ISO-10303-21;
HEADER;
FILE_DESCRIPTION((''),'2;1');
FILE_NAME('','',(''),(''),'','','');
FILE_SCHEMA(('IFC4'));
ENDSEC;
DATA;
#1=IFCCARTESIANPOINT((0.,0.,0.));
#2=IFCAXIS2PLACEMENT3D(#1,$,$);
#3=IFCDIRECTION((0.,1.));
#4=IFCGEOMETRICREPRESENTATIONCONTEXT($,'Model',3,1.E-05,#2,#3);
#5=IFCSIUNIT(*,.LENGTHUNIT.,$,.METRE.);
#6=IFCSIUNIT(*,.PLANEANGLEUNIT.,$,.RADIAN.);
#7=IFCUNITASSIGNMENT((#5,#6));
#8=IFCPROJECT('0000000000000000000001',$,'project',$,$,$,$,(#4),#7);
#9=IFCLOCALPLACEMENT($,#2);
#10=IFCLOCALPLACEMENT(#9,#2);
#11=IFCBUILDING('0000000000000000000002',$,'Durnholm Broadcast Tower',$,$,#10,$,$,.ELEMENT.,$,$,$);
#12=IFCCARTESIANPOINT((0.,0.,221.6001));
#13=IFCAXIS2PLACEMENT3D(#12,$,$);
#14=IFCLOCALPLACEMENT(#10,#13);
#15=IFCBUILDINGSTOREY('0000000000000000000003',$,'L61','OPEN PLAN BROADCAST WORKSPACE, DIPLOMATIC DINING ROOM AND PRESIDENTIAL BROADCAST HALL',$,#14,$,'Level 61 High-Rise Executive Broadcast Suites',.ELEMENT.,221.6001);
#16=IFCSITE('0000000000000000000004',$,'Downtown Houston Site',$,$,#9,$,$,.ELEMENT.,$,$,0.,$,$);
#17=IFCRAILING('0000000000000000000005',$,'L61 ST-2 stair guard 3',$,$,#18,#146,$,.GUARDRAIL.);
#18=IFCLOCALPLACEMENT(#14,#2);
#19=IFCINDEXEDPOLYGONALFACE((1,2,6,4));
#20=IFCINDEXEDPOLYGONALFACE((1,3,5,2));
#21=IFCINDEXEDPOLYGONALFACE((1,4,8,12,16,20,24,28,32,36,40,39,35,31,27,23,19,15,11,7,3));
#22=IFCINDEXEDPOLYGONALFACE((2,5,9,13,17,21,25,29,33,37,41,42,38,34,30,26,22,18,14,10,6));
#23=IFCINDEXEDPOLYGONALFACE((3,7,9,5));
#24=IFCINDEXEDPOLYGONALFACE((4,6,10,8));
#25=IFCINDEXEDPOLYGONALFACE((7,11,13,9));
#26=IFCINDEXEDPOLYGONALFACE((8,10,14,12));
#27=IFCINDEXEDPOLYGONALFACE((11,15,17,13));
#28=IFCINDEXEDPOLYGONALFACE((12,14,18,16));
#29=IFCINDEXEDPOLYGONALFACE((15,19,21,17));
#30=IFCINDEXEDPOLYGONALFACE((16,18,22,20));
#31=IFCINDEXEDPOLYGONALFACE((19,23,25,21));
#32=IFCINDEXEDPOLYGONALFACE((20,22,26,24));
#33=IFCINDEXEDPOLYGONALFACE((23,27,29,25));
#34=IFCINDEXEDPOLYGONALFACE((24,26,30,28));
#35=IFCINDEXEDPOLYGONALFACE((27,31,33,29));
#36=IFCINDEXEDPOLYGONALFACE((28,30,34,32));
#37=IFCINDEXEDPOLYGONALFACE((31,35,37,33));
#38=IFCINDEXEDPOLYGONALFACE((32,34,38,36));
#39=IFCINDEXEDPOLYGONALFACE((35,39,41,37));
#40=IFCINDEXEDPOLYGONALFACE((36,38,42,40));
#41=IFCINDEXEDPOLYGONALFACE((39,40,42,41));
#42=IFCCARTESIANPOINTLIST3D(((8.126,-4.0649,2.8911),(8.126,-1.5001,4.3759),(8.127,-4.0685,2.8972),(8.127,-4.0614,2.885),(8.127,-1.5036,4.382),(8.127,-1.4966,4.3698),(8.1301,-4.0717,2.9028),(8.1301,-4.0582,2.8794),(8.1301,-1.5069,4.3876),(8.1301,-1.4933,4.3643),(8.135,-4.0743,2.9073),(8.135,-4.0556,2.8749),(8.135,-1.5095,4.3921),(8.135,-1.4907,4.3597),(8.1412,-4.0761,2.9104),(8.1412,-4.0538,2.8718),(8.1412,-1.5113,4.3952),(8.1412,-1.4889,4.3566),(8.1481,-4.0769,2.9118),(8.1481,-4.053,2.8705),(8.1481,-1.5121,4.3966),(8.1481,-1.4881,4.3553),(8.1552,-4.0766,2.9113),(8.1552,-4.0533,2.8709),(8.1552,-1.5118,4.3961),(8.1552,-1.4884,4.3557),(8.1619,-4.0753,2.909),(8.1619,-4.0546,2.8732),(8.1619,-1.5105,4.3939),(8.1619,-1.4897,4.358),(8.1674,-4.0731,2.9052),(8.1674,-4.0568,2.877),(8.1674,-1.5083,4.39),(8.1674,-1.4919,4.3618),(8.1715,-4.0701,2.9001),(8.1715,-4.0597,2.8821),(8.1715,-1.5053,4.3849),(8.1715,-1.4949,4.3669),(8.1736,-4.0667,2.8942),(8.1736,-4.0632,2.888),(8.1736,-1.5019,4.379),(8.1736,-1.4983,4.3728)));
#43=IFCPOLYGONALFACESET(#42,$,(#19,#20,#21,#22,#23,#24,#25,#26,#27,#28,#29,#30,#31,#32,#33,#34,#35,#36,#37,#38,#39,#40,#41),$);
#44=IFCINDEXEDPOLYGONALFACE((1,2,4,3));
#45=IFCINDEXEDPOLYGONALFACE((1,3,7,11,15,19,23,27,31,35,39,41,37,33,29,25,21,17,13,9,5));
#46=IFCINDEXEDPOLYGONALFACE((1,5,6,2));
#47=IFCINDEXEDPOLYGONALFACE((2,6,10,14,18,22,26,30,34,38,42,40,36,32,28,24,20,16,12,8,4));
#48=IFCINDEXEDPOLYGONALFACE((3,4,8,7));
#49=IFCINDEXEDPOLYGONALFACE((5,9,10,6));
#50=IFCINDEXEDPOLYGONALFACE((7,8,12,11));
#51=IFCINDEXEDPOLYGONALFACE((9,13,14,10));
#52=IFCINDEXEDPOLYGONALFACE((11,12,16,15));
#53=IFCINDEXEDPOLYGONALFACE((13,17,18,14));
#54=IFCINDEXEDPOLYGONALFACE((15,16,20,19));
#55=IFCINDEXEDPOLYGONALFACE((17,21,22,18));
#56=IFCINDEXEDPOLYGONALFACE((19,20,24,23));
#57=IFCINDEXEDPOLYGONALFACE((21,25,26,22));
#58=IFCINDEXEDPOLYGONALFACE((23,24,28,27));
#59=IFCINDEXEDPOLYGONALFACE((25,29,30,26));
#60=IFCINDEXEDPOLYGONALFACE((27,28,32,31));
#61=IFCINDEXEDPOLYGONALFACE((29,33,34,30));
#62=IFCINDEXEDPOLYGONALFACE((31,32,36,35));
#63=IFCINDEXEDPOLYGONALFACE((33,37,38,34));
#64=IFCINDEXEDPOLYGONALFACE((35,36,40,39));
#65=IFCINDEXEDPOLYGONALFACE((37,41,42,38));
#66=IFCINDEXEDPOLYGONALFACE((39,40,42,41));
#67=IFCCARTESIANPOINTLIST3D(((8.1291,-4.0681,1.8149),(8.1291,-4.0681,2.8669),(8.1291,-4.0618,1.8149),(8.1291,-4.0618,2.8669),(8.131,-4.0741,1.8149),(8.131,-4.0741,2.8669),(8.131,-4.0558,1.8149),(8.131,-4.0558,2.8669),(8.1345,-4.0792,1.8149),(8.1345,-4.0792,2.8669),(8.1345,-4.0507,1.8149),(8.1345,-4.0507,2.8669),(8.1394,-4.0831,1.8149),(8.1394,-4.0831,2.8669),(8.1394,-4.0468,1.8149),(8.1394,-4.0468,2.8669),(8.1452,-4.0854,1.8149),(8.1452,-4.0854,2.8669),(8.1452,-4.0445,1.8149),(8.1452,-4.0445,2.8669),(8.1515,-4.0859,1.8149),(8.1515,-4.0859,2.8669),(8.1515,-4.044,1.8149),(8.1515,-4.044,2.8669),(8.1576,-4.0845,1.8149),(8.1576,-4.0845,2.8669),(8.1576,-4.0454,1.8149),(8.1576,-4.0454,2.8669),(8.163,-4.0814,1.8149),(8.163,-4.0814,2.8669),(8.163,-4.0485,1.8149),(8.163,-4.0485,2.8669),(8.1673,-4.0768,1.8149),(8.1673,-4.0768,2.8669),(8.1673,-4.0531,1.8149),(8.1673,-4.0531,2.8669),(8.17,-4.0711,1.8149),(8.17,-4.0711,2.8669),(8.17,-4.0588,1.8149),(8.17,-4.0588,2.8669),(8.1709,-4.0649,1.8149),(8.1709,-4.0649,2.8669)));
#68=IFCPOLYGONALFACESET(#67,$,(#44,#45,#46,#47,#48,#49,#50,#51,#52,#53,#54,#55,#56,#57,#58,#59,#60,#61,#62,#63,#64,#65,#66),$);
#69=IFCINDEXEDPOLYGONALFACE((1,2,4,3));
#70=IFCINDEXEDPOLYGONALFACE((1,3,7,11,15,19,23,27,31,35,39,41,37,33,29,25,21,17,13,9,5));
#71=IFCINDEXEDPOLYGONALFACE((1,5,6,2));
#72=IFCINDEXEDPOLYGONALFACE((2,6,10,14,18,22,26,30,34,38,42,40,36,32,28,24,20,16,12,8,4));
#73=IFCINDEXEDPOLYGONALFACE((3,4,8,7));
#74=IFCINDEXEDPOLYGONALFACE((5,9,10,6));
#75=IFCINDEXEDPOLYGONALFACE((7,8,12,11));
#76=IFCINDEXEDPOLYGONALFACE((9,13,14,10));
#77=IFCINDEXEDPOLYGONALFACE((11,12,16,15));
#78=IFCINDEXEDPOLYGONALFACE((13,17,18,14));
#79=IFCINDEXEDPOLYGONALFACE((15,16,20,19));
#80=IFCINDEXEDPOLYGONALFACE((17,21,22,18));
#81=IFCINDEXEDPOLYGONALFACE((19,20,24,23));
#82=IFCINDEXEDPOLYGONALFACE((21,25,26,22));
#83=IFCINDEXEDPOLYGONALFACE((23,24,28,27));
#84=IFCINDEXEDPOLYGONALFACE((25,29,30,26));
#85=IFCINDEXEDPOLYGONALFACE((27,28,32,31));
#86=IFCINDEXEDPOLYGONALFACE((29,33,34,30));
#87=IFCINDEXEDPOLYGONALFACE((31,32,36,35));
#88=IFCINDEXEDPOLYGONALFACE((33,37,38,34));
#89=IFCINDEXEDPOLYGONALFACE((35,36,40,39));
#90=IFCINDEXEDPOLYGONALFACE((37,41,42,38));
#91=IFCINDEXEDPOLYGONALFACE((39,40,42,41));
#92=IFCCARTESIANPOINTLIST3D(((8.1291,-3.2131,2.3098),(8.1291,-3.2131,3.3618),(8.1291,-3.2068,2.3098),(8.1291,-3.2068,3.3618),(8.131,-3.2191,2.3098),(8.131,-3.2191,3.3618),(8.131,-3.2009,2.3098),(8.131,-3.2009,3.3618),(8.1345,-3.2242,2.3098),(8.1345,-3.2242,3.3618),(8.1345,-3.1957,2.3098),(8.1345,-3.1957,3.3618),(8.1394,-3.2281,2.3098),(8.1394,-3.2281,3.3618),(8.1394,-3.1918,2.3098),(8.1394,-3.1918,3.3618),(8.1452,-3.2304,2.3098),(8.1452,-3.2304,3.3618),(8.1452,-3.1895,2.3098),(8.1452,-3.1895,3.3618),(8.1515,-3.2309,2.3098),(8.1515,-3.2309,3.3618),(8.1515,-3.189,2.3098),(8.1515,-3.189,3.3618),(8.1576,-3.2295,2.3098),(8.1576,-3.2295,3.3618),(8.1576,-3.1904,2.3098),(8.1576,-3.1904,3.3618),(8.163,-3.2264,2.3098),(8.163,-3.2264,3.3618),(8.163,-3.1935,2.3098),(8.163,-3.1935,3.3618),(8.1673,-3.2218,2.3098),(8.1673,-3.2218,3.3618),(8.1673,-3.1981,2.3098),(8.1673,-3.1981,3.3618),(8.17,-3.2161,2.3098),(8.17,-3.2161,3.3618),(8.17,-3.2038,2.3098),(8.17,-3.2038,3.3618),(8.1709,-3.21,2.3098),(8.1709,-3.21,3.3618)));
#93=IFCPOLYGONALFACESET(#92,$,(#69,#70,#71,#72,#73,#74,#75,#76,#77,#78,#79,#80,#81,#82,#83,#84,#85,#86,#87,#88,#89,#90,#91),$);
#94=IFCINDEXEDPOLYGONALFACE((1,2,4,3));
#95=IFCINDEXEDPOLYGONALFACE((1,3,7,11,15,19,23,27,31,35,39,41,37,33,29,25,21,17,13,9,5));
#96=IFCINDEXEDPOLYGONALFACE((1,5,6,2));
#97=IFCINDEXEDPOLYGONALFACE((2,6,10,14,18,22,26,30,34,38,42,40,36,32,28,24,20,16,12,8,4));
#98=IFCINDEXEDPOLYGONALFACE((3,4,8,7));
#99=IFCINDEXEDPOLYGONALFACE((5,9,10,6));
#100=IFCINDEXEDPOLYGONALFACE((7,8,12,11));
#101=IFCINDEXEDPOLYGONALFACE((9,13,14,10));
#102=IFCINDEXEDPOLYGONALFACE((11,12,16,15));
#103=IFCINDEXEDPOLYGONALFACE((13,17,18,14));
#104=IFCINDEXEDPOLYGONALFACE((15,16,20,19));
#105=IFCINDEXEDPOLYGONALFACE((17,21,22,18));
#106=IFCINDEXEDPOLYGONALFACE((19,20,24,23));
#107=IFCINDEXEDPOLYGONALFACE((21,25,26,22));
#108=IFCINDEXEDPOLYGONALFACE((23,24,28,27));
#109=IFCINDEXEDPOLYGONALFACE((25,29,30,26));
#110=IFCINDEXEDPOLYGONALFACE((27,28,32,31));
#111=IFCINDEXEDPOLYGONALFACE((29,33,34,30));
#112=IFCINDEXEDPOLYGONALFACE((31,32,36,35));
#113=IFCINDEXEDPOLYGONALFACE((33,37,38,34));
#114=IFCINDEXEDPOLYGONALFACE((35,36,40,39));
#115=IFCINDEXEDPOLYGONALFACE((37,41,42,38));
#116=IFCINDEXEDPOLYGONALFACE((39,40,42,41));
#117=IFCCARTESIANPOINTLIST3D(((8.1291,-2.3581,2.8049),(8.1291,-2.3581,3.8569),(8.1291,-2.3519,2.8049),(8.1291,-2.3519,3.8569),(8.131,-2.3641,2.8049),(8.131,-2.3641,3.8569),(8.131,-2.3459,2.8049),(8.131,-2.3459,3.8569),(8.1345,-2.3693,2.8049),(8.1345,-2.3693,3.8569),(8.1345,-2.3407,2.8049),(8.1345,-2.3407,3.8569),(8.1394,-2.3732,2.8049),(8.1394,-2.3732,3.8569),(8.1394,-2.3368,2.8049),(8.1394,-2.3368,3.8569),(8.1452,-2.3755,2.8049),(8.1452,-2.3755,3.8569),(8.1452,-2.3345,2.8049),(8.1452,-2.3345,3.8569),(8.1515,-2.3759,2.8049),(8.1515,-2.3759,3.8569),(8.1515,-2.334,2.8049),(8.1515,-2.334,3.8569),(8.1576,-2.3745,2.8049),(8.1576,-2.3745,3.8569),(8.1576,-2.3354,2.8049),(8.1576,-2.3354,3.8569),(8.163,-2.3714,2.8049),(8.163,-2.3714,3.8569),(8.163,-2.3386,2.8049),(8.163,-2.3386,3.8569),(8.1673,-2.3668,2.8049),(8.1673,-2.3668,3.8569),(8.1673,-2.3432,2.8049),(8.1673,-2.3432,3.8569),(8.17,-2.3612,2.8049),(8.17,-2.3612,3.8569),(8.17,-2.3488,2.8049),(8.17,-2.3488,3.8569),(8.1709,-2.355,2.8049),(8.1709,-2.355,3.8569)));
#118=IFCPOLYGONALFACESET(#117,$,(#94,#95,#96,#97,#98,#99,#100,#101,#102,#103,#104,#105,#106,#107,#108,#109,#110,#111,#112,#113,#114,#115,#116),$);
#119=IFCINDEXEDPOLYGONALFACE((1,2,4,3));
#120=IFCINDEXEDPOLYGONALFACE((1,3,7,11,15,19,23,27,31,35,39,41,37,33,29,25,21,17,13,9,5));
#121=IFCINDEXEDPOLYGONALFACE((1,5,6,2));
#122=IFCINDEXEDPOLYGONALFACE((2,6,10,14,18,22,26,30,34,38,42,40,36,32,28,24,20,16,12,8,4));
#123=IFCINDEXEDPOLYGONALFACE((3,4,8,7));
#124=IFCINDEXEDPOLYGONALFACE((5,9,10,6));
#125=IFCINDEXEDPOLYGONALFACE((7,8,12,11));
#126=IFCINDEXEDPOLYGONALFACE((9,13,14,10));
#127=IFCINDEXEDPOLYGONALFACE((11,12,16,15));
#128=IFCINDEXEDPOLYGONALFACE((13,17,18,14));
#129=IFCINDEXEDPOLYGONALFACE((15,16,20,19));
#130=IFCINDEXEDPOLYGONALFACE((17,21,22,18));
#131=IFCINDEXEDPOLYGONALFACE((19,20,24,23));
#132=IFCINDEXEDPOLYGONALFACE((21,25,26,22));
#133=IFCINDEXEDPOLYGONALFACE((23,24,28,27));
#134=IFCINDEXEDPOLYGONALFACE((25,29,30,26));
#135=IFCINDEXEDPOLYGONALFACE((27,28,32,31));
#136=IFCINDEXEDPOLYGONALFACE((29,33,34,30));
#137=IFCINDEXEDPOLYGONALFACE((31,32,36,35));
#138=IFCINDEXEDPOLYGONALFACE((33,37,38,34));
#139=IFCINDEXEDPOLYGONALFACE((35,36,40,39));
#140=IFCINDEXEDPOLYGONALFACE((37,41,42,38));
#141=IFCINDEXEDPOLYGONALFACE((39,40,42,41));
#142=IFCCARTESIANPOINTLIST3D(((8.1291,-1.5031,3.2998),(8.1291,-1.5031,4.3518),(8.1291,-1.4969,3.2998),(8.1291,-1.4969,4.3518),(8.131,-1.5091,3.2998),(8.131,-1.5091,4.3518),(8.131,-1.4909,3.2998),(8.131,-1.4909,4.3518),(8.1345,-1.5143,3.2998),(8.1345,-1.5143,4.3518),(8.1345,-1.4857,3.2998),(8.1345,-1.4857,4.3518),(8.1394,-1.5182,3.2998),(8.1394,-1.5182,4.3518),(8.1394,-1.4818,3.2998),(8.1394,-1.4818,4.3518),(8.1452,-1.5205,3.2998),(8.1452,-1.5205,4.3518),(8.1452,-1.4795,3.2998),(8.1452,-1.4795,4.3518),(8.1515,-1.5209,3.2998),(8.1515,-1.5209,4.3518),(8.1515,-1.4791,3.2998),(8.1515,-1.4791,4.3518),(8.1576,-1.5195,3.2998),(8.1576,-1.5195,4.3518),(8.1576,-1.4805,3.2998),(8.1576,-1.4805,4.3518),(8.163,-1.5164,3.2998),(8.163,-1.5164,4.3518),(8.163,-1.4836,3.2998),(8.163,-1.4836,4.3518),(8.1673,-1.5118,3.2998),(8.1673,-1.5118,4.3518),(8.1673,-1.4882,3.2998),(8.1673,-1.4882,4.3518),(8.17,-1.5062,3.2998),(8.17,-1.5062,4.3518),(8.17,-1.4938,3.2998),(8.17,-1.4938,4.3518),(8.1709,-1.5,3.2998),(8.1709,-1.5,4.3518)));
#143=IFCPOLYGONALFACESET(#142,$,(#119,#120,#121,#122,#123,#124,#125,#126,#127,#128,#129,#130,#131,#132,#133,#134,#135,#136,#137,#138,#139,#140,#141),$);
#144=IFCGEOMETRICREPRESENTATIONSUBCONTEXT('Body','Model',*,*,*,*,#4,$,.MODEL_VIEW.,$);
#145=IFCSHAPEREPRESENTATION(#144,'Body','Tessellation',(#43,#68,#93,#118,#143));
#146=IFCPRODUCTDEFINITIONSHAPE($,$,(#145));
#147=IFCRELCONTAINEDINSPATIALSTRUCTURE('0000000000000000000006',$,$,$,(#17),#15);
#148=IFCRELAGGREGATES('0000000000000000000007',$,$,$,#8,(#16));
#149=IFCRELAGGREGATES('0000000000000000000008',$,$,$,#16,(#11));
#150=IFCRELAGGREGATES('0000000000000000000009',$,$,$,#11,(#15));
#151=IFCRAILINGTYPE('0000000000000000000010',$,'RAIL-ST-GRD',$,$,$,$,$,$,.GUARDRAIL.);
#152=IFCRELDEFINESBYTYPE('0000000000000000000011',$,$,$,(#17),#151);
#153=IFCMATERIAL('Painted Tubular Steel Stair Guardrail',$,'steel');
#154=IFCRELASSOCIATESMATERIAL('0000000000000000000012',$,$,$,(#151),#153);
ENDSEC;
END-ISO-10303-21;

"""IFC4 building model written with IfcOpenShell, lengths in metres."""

from ifc_helpers import new_model, si_unit, direction, frame, origin, origin_2d, place, context, subcontext, project, spatial, circle, extrude, material, type_object, element, save


model = new_model("IFC4")

# Units and contexts
model_context = context("Model", 3, precision=1e-05, world=origin(), true_north=direction((0.0, 1.0)))
body_context = subcontext(model_context, "Body", "Model", "MODEL_VIEW")
ifc_project = project(units=[si_unit("LENGTHUNIT", "METRE"), si_unit("PLANEANGLEUNIT", "RADIAN")], contexts=[model_context])

# Site, building, storey
site_placement = place(None, origin())
site = spatial("IfcSite", under=ifc_project, at=site_placement, Name="Downtown Houston Site", CompositionType="ELEMENT", RefElevation=0.0)
building_placement = place(site_placement, origin())
building = spatial("IfcBuilding", under=site, at=building_placement, Name="Durnholm Broadcast Tower", CompositionType="ELEMENT")
storey_placement = place(building_placement, frame((0.0, 0.0, 221.6001)))
storey = spatial("IfcBuildingStorey", under=building, at=storey_placement, Name="L61", Description="OPEN PLAN BROADCAST WORKSPACE, DIPLOMATIC DINING ROOM AND PRESIDENTIAL BROADCAST HALL", LongName="Level 61 High-Rise Executive Broadcast Suites", CompositionType="ELEMENT", Elevation=221.6001)

# Railing
ifc_material_1 = material(Name="Painted Tubular Steel Stair Guardrail", Category="steel")
railing_type_1 = type_object("IfcRailingType", Name="RAIL-ST-GRD", PredefinedType="GUARDRAIL", material=ifc_material_1)
railing_1_placement = place(storey_placement, frame((8.1499, -4.0649, 1.8149)))
element("IfcRailing", 1, at=railing_1_placement, inside=storey, type_object=railing_type_1, Name="L61 ST-2 stair guard 3", PredefinedType="GUARDRAIL", context=body_context, shape_type="SweptSolid", body=[
    extrude(circle(Radius=0.0239, at=origin_2d()), frame((0.0, 0.0, 1.0762), z_axis=(0.0, 0.865441, 0.50101), x_axis=(-1.0, 0.0, 0.0)), (0.0, 0.0, 1.0), 2.9636),
    extrude(circle(Radius=0.021, at=origin_2d()), origin(), (0.0, 0.0, 1.0), 1.052),
    extrude(circle(Radius=0.021, at=origin_2d()), frame((0.0, 0.855, 0.4949)), (0.0, 0.0, 1.0), 1.052),
    extrude(circle(Radius=0.021, at=origin_2d()), frame((0.0, 1.71, 0.99)), (0.0, 0.0, 1.0), 1.052),
    extrude(circle(Radius=0.021, at=origin_2d()), frame((0.0, 2.5649, 1.4849)), (0.0, 0.0, 1.0), 1.052),
])

save(model, "model.ifc")
